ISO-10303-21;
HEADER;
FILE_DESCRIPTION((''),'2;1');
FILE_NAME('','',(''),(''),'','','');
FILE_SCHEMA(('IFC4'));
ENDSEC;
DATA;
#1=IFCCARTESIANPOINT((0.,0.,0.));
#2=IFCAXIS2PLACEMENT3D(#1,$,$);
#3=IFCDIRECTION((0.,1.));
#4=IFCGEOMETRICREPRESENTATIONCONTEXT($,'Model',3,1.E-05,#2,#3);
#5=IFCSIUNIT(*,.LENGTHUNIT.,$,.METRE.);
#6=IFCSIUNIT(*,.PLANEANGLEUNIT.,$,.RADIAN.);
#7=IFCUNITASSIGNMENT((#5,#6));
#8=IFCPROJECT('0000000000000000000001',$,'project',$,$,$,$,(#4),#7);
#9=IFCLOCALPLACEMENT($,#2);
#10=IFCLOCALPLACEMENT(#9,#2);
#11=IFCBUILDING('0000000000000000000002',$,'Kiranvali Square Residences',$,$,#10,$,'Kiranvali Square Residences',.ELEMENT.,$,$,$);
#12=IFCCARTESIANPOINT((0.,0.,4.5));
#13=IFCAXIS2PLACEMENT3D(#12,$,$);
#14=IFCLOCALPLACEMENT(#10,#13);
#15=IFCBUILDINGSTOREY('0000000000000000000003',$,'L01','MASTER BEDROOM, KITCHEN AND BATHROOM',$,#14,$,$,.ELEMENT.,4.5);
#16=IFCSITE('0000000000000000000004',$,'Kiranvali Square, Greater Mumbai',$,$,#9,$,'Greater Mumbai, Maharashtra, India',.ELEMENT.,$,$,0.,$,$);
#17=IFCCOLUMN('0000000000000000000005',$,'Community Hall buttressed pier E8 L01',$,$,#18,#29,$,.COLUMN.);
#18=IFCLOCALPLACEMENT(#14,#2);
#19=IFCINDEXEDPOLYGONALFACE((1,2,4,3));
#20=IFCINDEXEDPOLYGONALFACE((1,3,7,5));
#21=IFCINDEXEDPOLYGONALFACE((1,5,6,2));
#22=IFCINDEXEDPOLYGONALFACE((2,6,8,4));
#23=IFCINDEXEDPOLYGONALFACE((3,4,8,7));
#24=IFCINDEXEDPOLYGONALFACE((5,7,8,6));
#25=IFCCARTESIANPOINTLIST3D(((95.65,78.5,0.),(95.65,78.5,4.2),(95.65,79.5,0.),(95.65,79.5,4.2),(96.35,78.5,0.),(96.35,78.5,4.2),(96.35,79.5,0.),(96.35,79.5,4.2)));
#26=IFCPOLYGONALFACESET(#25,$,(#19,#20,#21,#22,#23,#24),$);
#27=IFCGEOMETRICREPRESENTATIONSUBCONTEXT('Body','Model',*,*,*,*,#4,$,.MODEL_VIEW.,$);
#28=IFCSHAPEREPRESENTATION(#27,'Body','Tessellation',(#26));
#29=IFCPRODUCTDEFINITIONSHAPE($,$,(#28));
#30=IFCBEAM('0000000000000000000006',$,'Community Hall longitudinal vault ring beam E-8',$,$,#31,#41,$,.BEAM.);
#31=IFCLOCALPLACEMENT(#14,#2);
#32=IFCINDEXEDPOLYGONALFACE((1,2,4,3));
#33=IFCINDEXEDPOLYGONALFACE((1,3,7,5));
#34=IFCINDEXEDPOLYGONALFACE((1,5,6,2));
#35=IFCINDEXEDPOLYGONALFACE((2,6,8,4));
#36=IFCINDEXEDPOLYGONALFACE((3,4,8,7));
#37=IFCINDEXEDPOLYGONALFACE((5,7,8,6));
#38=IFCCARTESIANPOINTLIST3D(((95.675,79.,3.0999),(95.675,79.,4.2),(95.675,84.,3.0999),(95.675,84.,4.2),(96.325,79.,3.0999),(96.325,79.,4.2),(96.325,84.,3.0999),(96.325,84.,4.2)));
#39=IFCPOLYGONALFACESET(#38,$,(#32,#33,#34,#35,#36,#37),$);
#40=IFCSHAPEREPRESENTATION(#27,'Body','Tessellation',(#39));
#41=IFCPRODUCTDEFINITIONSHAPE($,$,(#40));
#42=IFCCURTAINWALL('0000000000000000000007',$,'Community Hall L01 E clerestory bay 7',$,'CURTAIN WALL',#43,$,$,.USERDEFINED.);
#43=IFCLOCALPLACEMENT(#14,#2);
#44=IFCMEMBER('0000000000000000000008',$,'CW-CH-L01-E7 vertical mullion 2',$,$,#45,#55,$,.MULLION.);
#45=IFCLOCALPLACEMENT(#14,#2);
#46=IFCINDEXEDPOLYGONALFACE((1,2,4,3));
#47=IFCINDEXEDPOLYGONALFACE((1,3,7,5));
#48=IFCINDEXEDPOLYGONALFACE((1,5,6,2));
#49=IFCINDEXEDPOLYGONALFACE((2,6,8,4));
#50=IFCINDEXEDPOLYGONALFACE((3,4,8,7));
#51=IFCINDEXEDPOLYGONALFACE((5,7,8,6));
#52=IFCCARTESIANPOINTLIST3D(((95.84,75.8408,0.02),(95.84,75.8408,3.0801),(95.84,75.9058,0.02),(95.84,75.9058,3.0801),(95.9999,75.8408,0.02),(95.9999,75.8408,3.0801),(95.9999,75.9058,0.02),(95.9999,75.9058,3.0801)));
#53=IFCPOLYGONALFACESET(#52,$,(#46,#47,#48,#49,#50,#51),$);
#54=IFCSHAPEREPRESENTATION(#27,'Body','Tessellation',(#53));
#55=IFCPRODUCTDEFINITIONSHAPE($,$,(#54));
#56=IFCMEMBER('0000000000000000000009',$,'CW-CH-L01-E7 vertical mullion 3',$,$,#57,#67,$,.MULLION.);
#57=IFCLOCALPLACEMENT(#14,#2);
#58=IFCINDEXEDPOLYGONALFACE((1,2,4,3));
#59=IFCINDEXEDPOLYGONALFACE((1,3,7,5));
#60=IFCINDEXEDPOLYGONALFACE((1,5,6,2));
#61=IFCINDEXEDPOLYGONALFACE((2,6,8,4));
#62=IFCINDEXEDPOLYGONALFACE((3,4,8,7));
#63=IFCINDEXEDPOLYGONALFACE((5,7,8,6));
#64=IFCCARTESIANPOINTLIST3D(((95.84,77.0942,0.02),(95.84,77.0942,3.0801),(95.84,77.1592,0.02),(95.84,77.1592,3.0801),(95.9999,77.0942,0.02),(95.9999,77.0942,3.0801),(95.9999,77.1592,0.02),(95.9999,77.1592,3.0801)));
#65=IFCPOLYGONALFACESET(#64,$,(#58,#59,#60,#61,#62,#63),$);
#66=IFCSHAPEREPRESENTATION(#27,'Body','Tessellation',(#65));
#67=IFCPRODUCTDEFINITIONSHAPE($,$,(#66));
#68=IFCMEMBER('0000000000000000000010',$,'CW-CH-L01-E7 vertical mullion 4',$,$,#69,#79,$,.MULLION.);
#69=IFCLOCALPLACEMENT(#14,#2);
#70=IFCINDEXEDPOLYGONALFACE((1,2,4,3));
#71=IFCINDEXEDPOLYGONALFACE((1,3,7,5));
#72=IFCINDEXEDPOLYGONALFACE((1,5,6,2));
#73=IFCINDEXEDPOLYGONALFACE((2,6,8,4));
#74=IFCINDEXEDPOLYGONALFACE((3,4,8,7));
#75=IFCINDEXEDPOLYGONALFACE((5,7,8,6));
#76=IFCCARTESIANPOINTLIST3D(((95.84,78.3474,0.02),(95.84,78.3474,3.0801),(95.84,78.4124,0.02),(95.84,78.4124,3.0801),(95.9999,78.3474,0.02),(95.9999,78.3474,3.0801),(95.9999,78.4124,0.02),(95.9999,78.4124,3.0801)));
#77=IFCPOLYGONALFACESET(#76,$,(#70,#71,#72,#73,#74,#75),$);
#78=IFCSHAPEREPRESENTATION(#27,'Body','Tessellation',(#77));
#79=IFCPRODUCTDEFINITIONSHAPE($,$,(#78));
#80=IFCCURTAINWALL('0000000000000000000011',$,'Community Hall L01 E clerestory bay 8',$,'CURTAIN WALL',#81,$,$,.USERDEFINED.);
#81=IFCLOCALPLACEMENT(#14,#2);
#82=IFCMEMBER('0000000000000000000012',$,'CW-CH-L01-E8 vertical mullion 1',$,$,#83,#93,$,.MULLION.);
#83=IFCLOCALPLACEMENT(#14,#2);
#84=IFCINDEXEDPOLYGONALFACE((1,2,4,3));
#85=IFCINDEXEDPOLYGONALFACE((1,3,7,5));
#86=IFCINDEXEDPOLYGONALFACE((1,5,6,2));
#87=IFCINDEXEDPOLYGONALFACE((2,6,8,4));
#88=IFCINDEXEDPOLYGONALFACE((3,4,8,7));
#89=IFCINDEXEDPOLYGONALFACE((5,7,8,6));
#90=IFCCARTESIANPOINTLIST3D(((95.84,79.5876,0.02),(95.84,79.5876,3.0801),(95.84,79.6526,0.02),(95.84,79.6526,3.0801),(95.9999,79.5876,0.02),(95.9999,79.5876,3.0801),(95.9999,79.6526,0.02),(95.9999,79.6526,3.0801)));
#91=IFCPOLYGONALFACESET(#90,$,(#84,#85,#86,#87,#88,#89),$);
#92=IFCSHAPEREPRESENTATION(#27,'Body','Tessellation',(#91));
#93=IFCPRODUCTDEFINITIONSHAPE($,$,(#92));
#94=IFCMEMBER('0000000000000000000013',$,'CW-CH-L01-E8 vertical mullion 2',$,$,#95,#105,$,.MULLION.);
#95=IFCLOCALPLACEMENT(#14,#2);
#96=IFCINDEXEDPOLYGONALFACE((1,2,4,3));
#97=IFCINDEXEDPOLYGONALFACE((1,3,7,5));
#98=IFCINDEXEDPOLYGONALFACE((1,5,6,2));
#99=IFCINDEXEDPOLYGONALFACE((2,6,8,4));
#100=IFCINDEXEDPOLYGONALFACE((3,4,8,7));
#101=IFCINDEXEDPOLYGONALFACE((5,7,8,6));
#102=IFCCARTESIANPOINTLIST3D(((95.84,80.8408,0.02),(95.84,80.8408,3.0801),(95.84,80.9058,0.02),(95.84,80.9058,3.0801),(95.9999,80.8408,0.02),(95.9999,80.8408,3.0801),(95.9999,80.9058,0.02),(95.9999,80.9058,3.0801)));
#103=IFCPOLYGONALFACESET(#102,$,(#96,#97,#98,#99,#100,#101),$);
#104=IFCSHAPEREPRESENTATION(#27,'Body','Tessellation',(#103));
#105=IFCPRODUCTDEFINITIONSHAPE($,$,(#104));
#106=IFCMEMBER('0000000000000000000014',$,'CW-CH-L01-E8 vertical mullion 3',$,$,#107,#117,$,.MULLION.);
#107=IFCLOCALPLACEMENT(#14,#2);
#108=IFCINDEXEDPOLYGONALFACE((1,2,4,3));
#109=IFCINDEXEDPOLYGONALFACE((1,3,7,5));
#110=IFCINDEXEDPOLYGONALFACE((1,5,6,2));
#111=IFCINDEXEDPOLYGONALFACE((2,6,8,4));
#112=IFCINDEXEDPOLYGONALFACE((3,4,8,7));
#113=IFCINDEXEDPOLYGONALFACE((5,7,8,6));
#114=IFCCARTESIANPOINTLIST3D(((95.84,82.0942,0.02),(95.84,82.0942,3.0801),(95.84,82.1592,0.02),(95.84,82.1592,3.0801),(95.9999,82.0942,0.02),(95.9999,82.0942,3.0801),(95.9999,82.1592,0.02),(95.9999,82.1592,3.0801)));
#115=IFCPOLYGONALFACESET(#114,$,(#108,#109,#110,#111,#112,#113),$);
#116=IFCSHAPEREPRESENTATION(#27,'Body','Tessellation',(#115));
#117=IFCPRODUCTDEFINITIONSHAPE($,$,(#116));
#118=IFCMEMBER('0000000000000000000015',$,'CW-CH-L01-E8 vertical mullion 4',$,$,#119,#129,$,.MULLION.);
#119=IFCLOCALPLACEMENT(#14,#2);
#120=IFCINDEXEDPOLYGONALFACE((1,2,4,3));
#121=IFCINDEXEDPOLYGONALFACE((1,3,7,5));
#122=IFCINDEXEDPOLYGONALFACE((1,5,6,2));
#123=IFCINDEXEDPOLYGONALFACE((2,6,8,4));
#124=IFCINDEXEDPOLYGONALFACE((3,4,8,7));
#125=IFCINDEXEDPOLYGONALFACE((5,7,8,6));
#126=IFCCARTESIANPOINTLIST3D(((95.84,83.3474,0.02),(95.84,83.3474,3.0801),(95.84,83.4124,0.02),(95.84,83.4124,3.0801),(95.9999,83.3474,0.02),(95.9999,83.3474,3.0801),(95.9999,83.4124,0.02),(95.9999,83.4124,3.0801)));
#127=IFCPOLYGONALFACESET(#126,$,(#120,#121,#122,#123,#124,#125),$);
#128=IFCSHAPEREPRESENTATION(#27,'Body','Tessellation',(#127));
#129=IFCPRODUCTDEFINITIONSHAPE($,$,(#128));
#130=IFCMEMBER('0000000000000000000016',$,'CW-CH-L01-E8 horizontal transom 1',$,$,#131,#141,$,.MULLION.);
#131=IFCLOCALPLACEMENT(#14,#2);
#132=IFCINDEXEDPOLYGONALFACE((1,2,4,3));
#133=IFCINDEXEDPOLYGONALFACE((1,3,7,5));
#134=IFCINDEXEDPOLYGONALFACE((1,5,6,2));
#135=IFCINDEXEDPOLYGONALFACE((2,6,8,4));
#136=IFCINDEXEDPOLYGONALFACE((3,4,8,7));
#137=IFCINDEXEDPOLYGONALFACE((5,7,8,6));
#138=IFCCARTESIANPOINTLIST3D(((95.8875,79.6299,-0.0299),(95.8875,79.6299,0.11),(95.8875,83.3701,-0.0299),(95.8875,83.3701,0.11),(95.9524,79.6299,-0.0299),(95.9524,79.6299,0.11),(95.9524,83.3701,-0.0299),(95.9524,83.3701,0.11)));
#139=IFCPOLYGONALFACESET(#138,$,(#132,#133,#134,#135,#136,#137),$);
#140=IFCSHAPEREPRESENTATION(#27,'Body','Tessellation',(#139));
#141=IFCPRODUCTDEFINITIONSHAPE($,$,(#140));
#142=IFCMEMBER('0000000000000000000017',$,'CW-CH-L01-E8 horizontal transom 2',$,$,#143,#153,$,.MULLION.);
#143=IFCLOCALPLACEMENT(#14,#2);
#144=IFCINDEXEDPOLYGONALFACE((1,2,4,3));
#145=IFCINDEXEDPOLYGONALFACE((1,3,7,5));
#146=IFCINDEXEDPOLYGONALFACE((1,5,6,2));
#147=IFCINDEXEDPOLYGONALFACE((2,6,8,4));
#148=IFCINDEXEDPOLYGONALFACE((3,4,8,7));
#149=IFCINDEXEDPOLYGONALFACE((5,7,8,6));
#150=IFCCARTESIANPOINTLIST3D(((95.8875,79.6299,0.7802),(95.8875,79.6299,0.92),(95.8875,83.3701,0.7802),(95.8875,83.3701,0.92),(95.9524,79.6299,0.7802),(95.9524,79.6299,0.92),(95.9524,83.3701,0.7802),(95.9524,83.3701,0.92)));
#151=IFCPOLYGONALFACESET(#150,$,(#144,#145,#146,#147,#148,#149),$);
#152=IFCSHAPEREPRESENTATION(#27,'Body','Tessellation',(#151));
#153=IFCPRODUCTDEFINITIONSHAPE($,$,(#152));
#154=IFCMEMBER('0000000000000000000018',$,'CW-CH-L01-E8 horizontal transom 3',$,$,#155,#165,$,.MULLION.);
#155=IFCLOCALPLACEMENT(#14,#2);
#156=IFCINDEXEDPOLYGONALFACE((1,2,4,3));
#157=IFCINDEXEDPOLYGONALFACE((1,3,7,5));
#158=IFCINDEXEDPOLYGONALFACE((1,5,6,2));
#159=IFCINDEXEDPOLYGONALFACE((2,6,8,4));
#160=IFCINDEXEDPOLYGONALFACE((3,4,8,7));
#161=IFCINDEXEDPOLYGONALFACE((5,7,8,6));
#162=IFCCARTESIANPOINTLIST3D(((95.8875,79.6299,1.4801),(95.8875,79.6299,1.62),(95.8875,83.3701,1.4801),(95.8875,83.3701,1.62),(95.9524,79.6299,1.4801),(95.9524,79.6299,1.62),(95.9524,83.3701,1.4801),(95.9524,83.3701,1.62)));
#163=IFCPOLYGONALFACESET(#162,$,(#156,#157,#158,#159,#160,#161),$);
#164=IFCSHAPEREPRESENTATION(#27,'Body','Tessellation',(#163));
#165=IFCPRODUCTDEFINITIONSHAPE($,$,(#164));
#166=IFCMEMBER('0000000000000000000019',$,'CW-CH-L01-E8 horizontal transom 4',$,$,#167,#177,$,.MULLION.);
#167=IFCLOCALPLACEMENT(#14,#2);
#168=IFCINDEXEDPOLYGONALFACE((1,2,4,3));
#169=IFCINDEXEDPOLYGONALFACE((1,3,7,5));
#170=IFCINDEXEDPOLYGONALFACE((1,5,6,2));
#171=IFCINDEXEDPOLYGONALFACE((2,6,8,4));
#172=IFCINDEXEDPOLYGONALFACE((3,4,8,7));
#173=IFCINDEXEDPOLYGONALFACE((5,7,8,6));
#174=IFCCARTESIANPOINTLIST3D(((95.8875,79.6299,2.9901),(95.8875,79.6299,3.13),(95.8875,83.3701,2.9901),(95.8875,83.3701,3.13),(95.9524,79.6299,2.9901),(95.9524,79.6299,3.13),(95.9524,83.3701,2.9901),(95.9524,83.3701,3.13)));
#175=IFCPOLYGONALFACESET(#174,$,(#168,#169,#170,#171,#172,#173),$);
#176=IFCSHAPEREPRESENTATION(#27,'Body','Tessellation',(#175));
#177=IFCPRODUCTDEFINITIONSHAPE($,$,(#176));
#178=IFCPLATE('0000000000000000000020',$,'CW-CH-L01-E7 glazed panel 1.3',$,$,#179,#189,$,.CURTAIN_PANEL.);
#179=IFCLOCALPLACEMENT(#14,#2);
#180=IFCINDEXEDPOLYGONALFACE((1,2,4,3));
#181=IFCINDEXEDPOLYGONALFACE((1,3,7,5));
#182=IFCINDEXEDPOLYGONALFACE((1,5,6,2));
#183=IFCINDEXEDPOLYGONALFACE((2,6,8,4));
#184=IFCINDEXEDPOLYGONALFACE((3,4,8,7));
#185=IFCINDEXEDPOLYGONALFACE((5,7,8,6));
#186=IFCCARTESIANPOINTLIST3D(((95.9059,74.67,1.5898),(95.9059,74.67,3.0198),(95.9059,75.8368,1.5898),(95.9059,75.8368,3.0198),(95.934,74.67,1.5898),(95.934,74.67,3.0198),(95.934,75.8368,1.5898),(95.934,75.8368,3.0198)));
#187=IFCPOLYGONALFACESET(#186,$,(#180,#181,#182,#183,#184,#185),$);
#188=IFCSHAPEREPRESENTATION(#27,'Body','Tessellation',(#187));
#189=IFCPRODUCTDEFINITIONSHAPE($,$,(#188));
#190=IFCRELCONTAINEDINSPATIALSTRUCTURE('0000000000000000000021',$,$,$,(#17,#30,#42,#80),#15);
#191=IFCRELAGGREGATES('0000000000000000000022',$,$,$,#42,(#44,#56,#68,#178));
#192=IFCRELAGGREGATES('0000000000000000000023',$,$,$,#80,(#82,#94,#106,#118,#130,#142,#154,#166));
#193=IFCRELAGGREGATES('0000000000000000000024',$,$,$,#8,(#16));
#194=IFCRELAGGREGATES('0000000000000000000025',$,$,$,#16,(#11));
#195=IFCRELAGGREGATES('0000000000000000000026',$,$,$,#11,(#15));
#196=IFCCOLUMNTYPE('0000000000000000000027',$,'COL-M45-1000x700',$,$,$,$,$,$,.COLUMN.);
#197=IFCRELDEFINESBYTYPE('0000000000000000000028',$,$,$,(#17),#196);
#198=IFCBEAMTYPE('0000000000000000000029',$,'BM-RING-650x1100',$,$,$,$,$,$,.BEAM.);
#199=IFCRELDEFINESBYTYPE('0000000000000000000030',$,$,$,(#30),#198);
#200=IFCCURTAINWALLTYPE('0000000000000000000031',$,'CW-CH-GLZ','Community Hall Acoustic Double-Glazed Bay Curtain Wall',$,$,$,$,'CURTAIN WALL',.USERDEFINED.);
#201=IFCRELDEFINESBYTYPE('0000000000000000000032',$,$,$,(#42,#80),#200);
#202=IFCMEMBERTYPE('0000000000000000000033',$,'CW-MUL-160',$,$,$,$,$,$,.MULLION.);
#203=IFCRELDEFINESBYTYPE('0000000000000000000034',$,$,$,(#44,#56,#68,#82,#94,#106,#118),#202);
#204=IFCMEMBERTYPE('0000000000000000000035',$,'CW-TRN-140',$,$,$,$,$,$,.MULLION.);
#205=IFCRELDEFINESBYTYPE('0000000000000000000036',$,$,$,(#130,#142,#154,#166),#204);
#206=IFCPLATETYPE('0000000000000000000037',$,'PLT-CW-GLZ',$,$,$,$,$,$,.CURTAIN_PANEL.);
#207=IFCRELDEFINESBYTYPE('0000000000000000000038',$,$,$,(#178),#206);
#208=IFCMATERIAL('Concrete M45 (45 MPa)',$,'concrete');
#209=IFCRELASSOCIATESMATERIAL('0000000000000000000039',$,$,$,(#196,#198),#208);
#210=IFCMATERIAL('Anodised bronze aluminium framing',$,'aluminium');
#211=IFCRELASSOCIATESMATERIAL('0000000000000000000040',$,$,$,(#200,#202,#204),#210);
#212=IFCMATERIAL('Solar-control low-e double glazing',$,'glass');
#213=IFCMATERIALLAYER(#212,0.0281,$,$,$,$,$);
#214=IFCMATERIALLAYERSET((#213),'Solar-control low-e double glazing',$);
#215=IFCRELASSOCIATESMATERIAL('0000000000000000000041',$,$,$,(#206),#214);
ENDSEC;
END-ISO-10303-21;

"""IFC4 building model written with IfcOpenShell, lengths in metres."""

from ifc_helpers import new_model, si_unit, direction, frame, origin, origin_2d, place, context, subcontext, project, spatial, rectangle, extrude, material, layer, layer_set, material_profile, profile_set, type_object, element, aggregate, save


model = new_model("IFC4")

# Units and contexts
model_context = context("Model", 3, precision=1e-05, world=origin(), true_north=direction((0.0, 1.0)))
body_context = subcontext(model_context, "Body", "Model", "MODEL_VIEW")
ifc_project = project(units=[si_unit("LENGTHUNIT", "METRE"), si_unit("PLANEANGLEUNIT", "RADIAN")], contexts=[model_context])

# Site, building, storey
site_placement = place(None, origin())
site = spatial("IfcSite", under=ifc_project, at=site_placement, Name="Kiranvali Square, Greater Mumbai", LongName="Greater Mumbai, Maharashtra, India", CompositionType="ELEMENT", RefElevation=0.0)
building_placement = place(site_placement, origin())
building = spatial("IfcBuilding", under=site, at=building_placement, Name="Kiranvali Square Residences", LongName="Kiranvali Square Residences", CompositionType="ELEMENT")
storey_placement = place(building_placement, frame((0.0, 0.0, 4.5)))
storey = spatial("IfcBuildingStorey", under=building, at=storey_placement, Name="L01", Description="MASTER BEDROOM, KITCHEN AND BATHROOM", CompositionType="ELEMENT", Elevation=4.5)

# Column
ifc_material_1 = material(Name="Concrete M45 (45 MPa)", Category="concrete")
ifc_material_profile_1 = material_profile(ifc_material_1, rectangle(XDim=0.7, YDim=1.0, at=origin_2d()), Name="RC 1000x700")
ifc_profile_set_1 = profile_set([ifc_material_profile_1], Name="Concrete M45 (45 MPa)")
column_type = type_object("IfcColumnType", Name="COL-M45-1000x700", PredefinedType="COLUMN", material=ifc_profile_set_1)
column_placement = place(storey_placement, frame((96.0, 79.0, 0.0), z_axis=(0.0, 0.0, 1.0), x_axis=(1.0, 0.0, 0.0)))
element("IfcColumn", 1, at=column_placement, inside=storey, type_object=column_type, Name="Community Hall buttressed pier E8 L01", PredefinedType="COLUMN", context=body_context, shape_type="SweptSolid", body=[
    extrude(rectangle(XDim=0.7, YDim=1.0, at=origin_2d()), origin(), (0.0, 0.0, 1.0), 4.2),
])

# Beam
ifc_material_profile_2 = material_profile(ifc_material_1, rectangle(XDim=0.6499, YDim=1.1001, at=origin_2d()), Name="RC 650x1100")
ifc_profile_set_2 = profile_set([ifc_material_profile_2], Name="Concrete M45 (45 MPa)")
beam_type = type_object("IfcBeamType", Name="BM-RING-650x1100", PredefinedType="BEAM", material=ifc_profile_set_2)
beam_placement = place(storey_placement, frame((96.0, 79.0, 3.6499), z_axis=(0.0, 1.0, 0.0), x_axis=(-1.0, 0.0, 0.0)))
element("IfcBeam", 2, at=beam_placement, inside=storey, type_object=beam_type, Name="Community Hall longitudinal vault ring beam E-8", PredefinedType="BEAM", context=body_context, shape_type="SweptSolid", body=[
    extrude(rectangle(XDim=0.6499, YDim=1.1001, at=origin_2d()), origin(), (0.0, 0.0, 1.0), 5.0),
])

# Curtain walls, members
ifc_material_2 = material(Name="Anodised bronze aluminium framing", Category="aluminium")
curtain_wall_type = type_object("IfcCurtainWallType", Name="CW-CH-GLZ", Description="Community Hall Acoustic Double-Glazed Bay Curtain Wall", ElementType="CURTAIN WALL", PredefinedType="USERDEFINED", material=ifc_material_2)
curtain_wall_1_placement = place(storey_placement, origin())
curtain_wall_1 = element("IfcCurtainWall", 3, at=curtain_wall_1_placement, inside=storey, type_object=curtain_wall_type, Name="Community Hall L01 E clerestory bay 7", ObjectType="CURTAIN WALL", PredefinedType="USERDEFINED")
ifc_material_profile_3 = material_profile(ifc_material_2, rectangle(XDim=0.0649, YDim=0.1599, at=origin_2d()), Name="ALU 65x160")
ifc_profile_set_3 = profile_set([ifc_material_profile_3], Name="Anodised bronze aluminium framing")
member_type_1 = type_object("IfcMemberType", Name="CW-MUL-160", PredefinedType="MULLION", material=ifc_profile_set_3)
member_1_placement = place(storey_placement, frame((95.9199, 75.8733, 0.02), z_axis=(0.0, 0.0, 1.0), x_axis=(0.0, 1.0, 0.0)))
member_1 = element("IfcMember", 4, at=member_1_placement, type_object=member_type_1, Name="CW-CH-L01-E7 vertical mullion 2", PredefinedType="MULLION", context=body_context, shape_type="SweptSolid", body=[
    extrude(rectangle(XDim=0.0649, YDim=0.1599, at=origin_2d()), origin(), (0.0, 0.0, 1.0), 3.0601),
])
member_2_placement = place(storey_placement, frame((95.9199, 77.1267, 0.02), z_axis=(0.0, 0.0, 1.0), x_axis=(0.0, 1.0, 0.0)))
member_2 = element("IfcMember", 5, at=member_2_placement, type_object=member_type_1, Name="CW-CH-L01-E7 vertical mullion 3", PredefinedType="MULLION", context=body_context, shape_type="SweptSolid", body=[
    extrude(rectangle(XDim=0.0649, YDim=0.1599, at=origin_2d()), origin(), (0.0, 0.0, 1.0), 3.0601),
])
member_3_placement = place(storey_placement, frame((95.9199, 78.3799, 0.02), z_axis=(0.0, 0.0, 1.0), x_axis=(0.0, 1.0, 0.0)))
member_3 = element("IfcMember", 6, at=member_3_placement, type_object=member_type_1, Name="CW-CH-L01-E7 vertical mullion 4", PredefinedType="MULLION", context=body_context, shape_type="SweptSolid", body=[
    extrude(rectangle(XDim=0.0649, YDim=0.1599, at=origin_2d()), origin(), (0.0, 0.0, 1.0), 3.0601),
])
curtain_wall_2_placement = place(storey_placement, origin())
curtain_wall_2 = element("IfcCurtainWall", 7, at=curtain_wall_2_placement, inside=storey, type_object=curtain_wall_type, Name="Community Hall L01 E clerestory bay 8", ObjectType="CURTAIN WALL", PredefinedType="USERDEFINED")
member_4_placement = place(storey_placement, frame((95.9199, 79.6201, 0.02), z_axis=(0.0, 0.0, 1.0), x_axis=(0.0, 1.0, 0.0)))
member_4 = element("IfcMember", 8, at=member_4_placement, type_object=member_type_1, Name="CW-CH-L01-E8 vertical mullion 1", PredefinedType="MULLION", context=body_context, shape_type="SweptSolid", body=[
    extrude(rectangle(XDim=0.0649, YDim=0.1599, at=origin_2d()), origin(), (0.0, 0.0, 1.0), 3.0601),
])
member_5_placement = place(storey_placement, frame((95.9199, 80.8733, 0.02), z_axis=(0.0, 0.0, 1.0), x_axis=(0.0, 1.0, 0.0)))
member_5 = element("IfcMember", 9, at=member_5_placement, type_object=member_type_1, Name="CW-CH-L01-E8 vertical mullion 2", PredefinedType="MULLION", context=body_context, shape_type="SweptSolid", body=[
    extrude(rectangle(XDim=0.0649, YDim=0.1599, at=origin_2d()), origin(), (0.0, 0.0, 1.0), 3.0601),
])
member_6_placement = place(storey_placement, frame((95.9199, 82.1267, 0.02), z_axis=(0.0, 0.0, 1.0), x_axis=(0.0, 1.0, 0.0)))
member_6 = element("IfcMember", 10, at=member_6_placement, type_object=member_type_1, Name="CW-CH-L01-E8 vertical mullion 3", PredefinedType="MULLION", context=body_context, shape_type="SweptSolid", body=[
    extrude(rectangle(XDim=0.0649, YDim=0.1599, at=origin_2d()), origin(), (0.0, 0.0, 1.0), 3.0601),
])
member_7_placement = place(storey_placement, frame((95.9199, 83.3799, 0.02), z_axis=(0.0, 0.0, 1.0), x_axis=(0.0, 1.0, 0.0)))
member_7 = element("IfcMember", 11, at=member_7_placement, type_object=member_type_1, Name="CW-CH-L01-E8 vertical mullion 4", PredefinedType="MULLION", context=body_context, shape_type="SweptSolid", body=[
    extrude(rectangle(XDim=0.0649, YDim=0.1599, at=origin_2d()), origin(), (0.0, 0.0, 1.0), 3.0601),
])
ifc_material_profile_4 = material_profile(ifc_material_2, rectangle(XDim=0.0649, YDim=0.1399, at=origin_2d()), Name="ALU 65x140")
ifc_profile_set_4 = profile_set([ifc_material_profile_4], Name="Anodised bronze aluminium framing")
member_type_2 = type_object("IfcMemberType", Name="CW-TRN-140", PredefinedType="MULLION", material=ifc_profile_set_4)
member_8_placement = place(storey_placement, frame((95.9199, 79.6299, 0.04), z_axis=(0.0, 1.0, 0.0), x_axis=(-1.0, 0.0, 0.0)))
member_8 = element("IfcMember", 12, at=member_8_placement, type_object=member_type_2, Name="CW-CH-L01-E8 horizontal transom 1", PredefinedType="MULLION", context=body_context, shape_type="SweptSolid", body=[
    extrude(rectangle(XDim=0.0649, YDim=0.1399, at=origin_2d()), origin(), (0.0, 0.0, 1.0), 3.7402),
])
member_9_placement = place(storey_placement, frame((95.9199, 79.6299, 0.8501), z_axis=(0.0, 1.0, 0.0), x_axis=(-1.0, 0.0, 0.0)))
member_9 = element("IfcMember", 13, at=member_9_placement, type_object=member_type_2, Name="CW-CH-L01-E8 horizontal transom 2", PredefinedType="MULLION", context=body_context, shape_type="SweptSolid", body=[
    extrude(rectangle(XDim=0.0649, YDim=0.1399, at=origin_2d()), origin(), (0.0, 0.0, 1.0), 3.7402),
])
member_10_placement = place(storey_placement, frame((95.9199, 79.6299, 1.55), z_axis=(0.0, 1.0, 0.0), x_axis=(-1.0, 0.0, 0.0)))
member_10 = element("IfcMember", 14, at=member_10_placement, type_object=member_type_2, Name="CW-CH-L01-E8 horizontal transom 3", PredefinedType="MULLION", context=body_context, shape_type="SweptSolid", body=[
    extrude(rectangle(XDim=0.0649, YDim=0.1399, at=origin_2d()), origin(), (0.0, 0.0, 1.0), 3.7402),
])
member_11_placement = place(storey_placement, frame((95.9199, 79.6299, 3.0601), z_axis=(0.0, 1.0, 0.0), x_axis=(-1.0, 0.0, 0.0)))
member_11 = element("IfcMember", 15, at=member_11_placement, type_object=member_type_2, Name="CW-CH-L01-E8 horizontal transom 4", PredefinedType="MULLION", context=body_context, shape_type="SweptSolid", body=[
    extrude(rectangle(XDim=0.0649, YDim=0.1399, at=origin_2d()), origin(), (0.0, 0.0, 1.0), 3.7402),
])

# Plate
ifc_material_3 = material(Name="Solar-control low-e double glazing", Category="glass")
ifc_layer_1 = layer(ifc_material_3, 0.0281)
ifc_layer_set_1 = layer_set([ifc_layer_1], Name="Solar-control low-e double glazing")
plate_type_1 = type_object("IfcPlateType", Name="PLT-CW-GLZ", PredefinedType="CURTAIN_PANEL", material=ifc_layer_set_1)
plate_1_placement = place(storey_placement, frame((95.9199, 75.2534, 1.5898), z_axis=(0.0, 0.0, 1.0), x_axis=(0.0, 1.0, 0.0)))
plate_1 = element("IfcPlate", 16, at=plate_1_placement, type_object=plate_type_1, Name="CW-CH-L01-E7 glazed panel 1.3", PredefinedType="CURTAIN_PANEL", context=body_context, shape_type="SweptSolid", body=[
    extrude(rectangle(XDim=1.1667, YDim=0.0281, at=origin_2d()), origin(), (0.0, 0.0, 1.0), 1.4299),
])
aggregate(curtain_wall_1, [member_1, member_2, member_3, plate_1])
aggregate(curtain_wall_2, [member_4, member_5, member_6, member_7, member_8, member_9, member_10, member_11])

save(model, "model.ifc")
